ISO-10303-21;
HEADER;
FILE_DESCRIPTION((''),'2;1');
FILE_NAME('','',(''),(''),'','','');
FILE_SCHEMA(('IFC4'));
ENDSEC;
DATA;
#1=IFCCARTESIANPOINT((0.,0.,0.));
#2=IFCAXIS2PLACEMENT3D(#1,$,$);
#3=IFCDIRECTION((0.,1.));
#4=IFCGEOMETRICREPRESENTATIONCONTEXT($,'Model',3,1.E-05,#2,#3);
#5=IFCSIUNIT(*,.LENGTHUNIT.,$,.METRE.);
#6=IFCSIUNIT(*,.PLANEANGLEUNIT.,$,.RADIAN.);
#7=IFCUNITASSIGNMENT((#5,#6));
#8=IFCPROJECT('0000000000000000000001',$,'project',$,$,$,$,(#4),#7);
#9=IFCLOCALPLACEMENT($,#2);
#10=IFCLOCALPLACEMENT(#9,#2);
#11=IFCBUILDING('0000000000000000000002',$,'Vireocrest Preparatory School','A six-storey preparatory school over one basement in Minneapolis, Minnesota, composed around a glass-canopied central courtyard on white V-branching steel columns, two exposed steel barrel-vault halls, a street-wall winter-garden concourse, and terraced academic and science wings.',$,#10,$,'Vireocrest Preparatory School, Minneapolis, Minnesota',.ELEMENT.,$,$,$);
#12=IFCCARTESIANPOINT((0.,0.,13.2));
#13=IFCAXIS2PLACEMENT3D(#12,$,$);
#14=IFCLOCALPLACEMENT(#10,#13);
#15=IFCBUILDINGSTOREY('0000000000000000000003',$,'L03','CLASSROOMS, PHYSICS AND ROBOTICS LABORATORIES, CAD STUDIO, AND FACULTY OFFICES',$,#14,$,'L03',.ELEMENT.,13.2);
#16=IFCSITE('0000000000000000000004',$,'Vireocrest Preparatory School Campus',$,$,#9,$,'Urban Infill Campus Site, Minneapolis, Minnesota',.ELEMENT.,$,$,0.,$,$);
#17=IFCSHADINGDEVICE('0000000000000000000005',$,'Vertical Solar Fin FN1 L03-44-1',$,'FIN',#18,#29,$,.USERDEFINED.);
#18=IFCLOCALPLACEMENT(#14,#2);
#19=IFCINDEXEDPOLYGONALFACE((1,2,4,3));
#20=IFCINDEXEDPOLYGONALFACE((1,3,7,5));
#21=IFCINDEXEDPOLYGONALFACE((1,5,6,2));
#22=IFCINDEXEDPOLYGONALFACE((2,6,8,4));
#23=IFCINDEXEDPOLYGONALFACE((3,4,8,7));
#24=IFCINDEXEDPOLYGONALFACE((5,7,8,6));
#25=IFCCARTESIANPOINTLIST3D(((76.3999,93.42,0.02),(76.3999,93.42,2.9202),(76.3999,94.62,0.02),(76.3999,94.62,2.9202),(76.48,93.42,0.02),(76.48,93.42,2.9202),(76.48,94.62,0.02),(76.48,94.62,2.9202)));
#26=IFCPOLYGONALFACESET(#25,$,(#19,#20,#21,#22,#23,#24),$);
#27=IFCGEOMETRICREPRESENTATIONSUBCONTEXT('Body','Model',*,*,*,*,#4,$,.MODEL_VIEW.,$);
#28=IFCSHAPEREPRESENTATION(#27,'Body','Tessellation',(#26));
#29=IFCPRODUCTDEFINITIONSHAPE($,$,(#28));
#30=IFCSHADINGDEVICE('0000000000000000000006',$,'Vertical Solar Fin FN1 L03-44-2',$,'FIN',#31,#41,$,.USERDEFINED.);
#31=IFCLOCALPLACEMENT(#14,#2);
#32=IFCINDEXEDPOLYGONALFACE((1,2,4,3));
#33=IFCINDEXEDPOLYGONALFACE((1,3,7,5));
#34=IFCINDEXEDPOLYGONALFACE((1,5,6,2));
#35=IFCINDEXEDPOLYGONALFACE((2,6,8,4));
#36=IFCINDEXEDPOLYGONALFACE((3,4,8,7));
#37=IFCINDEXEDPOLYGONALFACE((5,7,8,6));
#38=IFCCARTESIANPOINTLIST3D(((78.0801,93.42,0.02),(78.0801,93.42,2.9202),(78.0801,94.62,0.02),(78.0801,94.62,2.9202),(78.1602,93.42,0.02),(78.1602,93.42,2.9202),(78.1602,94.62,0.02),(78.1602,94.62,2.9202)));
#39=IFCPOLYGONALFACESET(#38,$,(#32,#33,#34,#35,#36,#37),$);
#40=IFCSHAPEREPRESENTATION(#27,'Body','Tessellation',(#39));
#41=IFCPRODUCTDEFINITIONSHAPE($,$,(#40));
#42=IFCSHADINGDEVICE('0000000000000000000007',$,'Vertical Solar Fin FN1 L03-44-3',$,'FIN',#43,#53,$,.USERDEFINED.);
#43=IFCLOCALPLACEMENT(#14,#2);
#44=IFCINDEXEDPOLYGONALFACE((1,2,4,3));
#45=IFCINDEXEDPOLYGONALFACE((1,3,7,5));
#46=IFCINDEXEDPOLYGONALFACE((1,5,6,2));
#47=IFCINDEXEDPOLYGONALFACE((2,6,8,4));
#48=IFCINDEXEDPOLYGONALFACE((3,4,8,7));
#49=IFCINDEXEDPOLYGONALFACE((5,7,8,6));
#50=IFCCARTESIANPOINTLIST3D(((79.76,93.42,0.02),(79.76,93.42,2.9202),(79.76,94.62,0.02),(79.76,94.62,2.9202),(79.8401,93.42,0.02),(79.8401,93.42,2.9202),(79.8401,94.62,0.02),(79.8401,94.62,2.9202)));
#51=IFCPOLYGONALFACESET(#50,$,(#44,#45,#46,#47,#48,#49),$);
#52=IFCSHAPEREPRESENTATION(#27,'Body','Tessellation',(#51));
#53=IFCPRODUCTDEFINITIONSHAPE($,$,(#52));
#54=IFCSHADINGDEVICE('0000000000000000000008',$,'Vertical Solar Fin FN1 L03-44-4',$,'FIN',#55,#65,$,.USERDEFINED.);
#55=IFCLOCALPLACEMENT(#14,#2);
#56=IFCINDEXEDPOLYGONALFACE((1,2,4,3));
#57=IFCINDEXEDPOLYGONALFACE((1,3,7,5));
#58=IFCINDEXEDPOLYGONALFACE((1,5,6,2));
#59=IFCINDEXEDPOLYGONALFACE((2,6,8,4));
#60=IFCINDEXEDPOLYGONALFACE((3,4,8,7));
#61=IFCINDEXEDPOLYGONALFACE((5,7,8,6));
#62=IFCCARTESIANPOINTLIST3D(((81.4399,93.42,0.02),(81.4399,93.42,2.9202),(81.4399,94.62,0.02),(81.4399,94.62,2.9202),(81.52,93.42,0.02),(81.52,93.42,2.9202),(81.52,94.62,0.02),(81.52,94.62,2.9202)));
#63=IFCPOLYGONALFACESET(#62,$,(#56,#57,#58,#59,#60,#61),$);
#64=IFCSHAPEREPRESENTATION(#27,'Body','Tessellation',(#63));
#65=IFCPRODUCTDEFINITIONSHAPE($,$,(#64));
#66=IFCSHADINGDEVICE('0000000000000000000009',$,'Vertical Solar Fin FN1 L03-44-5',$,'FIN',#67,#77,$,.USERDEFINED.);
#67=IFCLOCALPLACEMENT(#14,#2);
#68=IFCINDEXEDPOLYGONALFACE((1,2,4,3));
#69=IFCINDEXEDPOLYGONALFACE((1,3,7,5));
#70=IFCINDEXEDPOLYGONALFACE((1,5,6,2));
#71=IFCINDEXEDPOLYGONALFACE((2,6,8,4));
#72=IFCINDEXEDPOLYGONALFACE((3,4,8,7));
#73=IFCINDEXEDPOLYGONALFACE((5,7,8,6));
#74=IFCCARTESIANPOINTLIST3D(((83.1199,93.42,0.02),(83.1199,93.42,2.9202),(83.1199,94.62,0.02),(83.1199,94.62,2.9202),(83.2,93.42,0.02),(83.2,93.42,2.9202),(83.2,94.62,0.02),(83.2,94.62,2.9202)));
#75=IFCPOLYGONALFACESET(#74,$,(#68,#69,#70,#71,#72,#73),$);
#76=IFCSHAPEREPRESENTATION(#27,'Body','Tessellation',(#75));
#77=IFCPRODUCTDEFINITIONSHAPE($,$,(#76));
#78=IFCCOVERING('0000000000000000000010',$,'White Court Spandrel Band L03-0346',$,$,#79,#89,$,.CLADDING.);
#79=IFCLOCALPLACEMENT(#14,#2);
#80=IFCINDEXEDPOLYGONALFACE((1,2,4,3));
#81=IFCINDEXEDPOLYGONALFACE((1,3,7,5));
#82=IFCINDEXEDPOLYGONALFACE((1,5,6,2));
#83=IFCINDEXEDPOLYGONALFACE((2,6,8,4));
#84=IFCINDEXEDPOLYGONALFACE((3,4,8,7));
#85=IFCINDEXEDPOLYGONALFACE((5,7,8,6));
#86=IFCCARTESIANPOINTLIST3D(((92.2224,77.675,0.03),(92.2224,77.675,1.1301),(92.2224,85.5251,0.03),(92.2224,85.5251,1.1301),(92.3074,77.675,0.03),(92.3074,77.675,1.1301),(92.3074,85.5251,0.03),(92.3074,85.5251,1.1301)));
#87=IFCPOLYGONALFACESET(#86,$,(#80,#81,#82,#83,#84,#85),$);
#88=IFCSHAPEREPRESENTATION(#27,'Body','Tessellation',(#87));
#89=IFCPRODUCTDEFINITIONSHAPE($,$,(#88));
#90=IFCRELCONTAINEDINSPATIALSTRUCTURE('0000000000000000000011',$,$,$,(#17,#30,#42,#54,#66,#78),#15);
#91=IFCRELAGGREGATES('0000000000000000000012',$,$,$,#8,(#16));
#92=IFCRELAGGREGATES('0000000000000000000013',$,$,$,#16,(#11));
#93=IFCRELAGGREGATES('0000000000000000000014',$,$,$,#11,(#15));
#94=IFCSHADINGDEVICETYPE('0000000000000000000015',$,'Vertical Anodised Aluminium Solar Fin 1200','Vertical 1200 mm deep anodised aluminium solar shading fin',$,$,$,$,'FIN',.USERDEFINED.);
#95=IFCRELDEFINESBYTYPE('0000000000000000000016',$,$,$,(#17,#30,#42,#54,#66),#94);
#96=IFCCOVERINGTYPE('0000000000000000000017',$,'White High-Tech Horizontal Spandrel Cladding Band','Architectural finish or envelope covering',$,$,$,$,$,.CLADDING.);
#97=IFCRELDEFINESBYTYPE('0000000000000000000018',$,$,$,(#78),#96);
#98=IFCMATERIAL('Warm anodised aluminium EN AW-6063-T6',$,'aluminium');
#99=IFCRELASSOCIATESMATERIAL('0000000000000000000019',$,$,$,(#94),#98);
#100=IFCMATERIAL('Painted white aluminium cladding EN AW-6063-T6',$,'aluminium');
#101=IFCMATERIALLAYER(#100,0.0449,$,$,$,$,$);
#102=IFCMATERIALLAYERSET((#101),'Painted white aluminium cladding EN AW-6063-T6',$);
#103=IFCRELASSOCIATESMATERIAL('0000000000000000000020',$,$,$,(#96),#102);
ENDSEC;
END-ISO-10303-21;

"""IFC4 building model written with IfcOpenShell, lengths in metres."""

from ifc_helpers import new_model, si_unit, direction, frame, origin, origin_2d, place, context, subcontext, project, spatial, rectangle, extrude, material, layer, layer_set, material_profile, profile_set, type_object, element, save


model = new_model("IFC4")

# Units and contexts
model_context = context("Model", 3, precision=1e-05, world=origin(), true_north=direction((0.0, 1.0)))
body_context = subcontext(model_context, "Body", "Model", "MODEL_VIEW")
ifc_project = project(units=[si_unit("LENGTHUNIT", "METRE"), si_unit("PLANEANGLEUNIT", "RADIAN")], contexts=[model_context])

# Site, building, storey
site_placement = place(None, origin())
site = spatial("IfcSite", under=ifc_project, at=site_placement, Name="Vireocrest Preparatory School Campus", LongName="Urban Infill Campus Site, Minneapolis, Minnesota", CompositionType="ELEMENT", RefElevation=0.0)
building_placement = place(site_placement, origin())
building = spatial("IfcBuilding", under=site, at=building_placement, Name="Vireocrest Preparatory School", Description="A six-storey preparatory school over one basement in Minneapolis, Minnesota, composed around a glass-canopied central courtyard on white V-branching steel columns, two exposed steel barrel-vault halls, a street-wall winter-garden concourse, and terraced academic and science wings.", LongName="Vireocrest Preparatory School, Minneapolis, Minnesota", CompositionType="ELEMENT")
storey_placement = place(building_placement, frame((0.0, 0.0, 13.2)))
storey = spatial("IfcBuildingStorey", under=building, at=storey_placement, Name="L03", Description="CLASSROOMS, PHYSICS AND ROBOTICS LABORATORIES, CAD STUDIO, AND FACULTY OFFICES", LongName="L03", CompositionType="ELEMENT", Elevation=13.2)

# Shading devices
ifc_material_1 = material(Name="Warm anodised aluminium EN AW-6063-T6", Category="aluminium")
ifc_material_profile_1 = material_profile(ifc_material_1, rectangle(XDim=0.0801, YDim=1.2, at=origin_2d()), Name="FIN 80x1200")
ifc_profile_set_1 = profile_set([ifc_material_profile_1], Name="Warm anodised aluminium EN AW-6063-T6")
shading_device_type = type_object("IfcShadingDeviceType", Name="Vertical Anodised Aluminium Solar Fin 1200", Description="Vertical 1200 mm deep anodised aluminium solar shading fin", ElementType="FIN", PredefinedType="USERDEFINED", material=ifc_profile_set_1)
for number, where, z_axis, x_axis, name in (
    (1, (76.4399, 94.02, 0.02), (0.0, 0.0, 1.0), (-1.0, 0.0, 0.0), "Vertical Solar Fin FN1 L03-44-1"),
    (2, (78.1201, 94.02, 0.02), (0.0, 0.0, 1.0), (-1.0, 0.0, 0.0), "Vertical Solar Fin FN1 L03-44-2"),
    (3, (79.8, 94.02, 0.02), (0.0, 0.0, 1.0), (-1.0, 0.0, 0.0), "Vertical Solar Fin FN1 L03-44-3"),
    (4, (81.48, 94.02, 0.02), (0.0, 0.0, 1.0), (-1.0, 0.0, 0.0), "Vertical Solar Fin FN1 L03-44-4"),
    (5, (83.1599, 94.02, 0.02), (0.0, 0.0, 1.0), (-1.0, 0.0, 0.0), "Vertical Solar Fin FN1 L03-44-5"),
):
    element("IfcShadingDevice", number, at=place(storey_placement, frame(where, z_axis=z_axis, x_axis=x_axis)), inside=storey, type_object=shading_device_type, Name=name, ObjectType="FIN", PredefinedType="USERDEFINED", context=body_context, shape_type="SweptSolid", body=[
        extrude(rectangle(XDim=0.0801, YDim=1.2, at=origin_2d()), origin(), (0.0, 0.0, 1.0), 2.9001),
    ])

# Covering
ifc_material_2 = material(Name="Painted white aluminium cladding EN AW-6063-T6", Category="aluminium")
ifc_layer_1 = layer(ifc_material_2, 0.0449)
ifc_layer_set_1 = layer_set([ifc_layer_1], Name="Painted white aluminium cladding EN AW-6063-T6")
covering_type = type_object("IfcCoveringType", Name="White High-Tech Horizontal Spandrel Cladding Band", Description="Architectural finish or envelope covering", PredefinedType="CLADDING", material=ifc_layer_set_1)
covering_placement = place(storey_placement, frame((92.2649, 81.6001, 0.03), z_axis=(0.0, 0.0, 1.0), x_axis=(1.0, 0.0, 0.0)))
element("IfcCovering", 6, at=covering_placement, inside=storey, type_object=covering_type, Name="White Court Spandrel Band L03-0346", PredefinedType="CLADDING", context=body_context, shape_type="SweptSolid", body=[
    extrude(rectangle(XDim=0.085, YDim=7.8501, at=origin_2d()), origin(), (0.0, 0.0, 1.0), 1.1001),
])

save(model, "model.ifc")
